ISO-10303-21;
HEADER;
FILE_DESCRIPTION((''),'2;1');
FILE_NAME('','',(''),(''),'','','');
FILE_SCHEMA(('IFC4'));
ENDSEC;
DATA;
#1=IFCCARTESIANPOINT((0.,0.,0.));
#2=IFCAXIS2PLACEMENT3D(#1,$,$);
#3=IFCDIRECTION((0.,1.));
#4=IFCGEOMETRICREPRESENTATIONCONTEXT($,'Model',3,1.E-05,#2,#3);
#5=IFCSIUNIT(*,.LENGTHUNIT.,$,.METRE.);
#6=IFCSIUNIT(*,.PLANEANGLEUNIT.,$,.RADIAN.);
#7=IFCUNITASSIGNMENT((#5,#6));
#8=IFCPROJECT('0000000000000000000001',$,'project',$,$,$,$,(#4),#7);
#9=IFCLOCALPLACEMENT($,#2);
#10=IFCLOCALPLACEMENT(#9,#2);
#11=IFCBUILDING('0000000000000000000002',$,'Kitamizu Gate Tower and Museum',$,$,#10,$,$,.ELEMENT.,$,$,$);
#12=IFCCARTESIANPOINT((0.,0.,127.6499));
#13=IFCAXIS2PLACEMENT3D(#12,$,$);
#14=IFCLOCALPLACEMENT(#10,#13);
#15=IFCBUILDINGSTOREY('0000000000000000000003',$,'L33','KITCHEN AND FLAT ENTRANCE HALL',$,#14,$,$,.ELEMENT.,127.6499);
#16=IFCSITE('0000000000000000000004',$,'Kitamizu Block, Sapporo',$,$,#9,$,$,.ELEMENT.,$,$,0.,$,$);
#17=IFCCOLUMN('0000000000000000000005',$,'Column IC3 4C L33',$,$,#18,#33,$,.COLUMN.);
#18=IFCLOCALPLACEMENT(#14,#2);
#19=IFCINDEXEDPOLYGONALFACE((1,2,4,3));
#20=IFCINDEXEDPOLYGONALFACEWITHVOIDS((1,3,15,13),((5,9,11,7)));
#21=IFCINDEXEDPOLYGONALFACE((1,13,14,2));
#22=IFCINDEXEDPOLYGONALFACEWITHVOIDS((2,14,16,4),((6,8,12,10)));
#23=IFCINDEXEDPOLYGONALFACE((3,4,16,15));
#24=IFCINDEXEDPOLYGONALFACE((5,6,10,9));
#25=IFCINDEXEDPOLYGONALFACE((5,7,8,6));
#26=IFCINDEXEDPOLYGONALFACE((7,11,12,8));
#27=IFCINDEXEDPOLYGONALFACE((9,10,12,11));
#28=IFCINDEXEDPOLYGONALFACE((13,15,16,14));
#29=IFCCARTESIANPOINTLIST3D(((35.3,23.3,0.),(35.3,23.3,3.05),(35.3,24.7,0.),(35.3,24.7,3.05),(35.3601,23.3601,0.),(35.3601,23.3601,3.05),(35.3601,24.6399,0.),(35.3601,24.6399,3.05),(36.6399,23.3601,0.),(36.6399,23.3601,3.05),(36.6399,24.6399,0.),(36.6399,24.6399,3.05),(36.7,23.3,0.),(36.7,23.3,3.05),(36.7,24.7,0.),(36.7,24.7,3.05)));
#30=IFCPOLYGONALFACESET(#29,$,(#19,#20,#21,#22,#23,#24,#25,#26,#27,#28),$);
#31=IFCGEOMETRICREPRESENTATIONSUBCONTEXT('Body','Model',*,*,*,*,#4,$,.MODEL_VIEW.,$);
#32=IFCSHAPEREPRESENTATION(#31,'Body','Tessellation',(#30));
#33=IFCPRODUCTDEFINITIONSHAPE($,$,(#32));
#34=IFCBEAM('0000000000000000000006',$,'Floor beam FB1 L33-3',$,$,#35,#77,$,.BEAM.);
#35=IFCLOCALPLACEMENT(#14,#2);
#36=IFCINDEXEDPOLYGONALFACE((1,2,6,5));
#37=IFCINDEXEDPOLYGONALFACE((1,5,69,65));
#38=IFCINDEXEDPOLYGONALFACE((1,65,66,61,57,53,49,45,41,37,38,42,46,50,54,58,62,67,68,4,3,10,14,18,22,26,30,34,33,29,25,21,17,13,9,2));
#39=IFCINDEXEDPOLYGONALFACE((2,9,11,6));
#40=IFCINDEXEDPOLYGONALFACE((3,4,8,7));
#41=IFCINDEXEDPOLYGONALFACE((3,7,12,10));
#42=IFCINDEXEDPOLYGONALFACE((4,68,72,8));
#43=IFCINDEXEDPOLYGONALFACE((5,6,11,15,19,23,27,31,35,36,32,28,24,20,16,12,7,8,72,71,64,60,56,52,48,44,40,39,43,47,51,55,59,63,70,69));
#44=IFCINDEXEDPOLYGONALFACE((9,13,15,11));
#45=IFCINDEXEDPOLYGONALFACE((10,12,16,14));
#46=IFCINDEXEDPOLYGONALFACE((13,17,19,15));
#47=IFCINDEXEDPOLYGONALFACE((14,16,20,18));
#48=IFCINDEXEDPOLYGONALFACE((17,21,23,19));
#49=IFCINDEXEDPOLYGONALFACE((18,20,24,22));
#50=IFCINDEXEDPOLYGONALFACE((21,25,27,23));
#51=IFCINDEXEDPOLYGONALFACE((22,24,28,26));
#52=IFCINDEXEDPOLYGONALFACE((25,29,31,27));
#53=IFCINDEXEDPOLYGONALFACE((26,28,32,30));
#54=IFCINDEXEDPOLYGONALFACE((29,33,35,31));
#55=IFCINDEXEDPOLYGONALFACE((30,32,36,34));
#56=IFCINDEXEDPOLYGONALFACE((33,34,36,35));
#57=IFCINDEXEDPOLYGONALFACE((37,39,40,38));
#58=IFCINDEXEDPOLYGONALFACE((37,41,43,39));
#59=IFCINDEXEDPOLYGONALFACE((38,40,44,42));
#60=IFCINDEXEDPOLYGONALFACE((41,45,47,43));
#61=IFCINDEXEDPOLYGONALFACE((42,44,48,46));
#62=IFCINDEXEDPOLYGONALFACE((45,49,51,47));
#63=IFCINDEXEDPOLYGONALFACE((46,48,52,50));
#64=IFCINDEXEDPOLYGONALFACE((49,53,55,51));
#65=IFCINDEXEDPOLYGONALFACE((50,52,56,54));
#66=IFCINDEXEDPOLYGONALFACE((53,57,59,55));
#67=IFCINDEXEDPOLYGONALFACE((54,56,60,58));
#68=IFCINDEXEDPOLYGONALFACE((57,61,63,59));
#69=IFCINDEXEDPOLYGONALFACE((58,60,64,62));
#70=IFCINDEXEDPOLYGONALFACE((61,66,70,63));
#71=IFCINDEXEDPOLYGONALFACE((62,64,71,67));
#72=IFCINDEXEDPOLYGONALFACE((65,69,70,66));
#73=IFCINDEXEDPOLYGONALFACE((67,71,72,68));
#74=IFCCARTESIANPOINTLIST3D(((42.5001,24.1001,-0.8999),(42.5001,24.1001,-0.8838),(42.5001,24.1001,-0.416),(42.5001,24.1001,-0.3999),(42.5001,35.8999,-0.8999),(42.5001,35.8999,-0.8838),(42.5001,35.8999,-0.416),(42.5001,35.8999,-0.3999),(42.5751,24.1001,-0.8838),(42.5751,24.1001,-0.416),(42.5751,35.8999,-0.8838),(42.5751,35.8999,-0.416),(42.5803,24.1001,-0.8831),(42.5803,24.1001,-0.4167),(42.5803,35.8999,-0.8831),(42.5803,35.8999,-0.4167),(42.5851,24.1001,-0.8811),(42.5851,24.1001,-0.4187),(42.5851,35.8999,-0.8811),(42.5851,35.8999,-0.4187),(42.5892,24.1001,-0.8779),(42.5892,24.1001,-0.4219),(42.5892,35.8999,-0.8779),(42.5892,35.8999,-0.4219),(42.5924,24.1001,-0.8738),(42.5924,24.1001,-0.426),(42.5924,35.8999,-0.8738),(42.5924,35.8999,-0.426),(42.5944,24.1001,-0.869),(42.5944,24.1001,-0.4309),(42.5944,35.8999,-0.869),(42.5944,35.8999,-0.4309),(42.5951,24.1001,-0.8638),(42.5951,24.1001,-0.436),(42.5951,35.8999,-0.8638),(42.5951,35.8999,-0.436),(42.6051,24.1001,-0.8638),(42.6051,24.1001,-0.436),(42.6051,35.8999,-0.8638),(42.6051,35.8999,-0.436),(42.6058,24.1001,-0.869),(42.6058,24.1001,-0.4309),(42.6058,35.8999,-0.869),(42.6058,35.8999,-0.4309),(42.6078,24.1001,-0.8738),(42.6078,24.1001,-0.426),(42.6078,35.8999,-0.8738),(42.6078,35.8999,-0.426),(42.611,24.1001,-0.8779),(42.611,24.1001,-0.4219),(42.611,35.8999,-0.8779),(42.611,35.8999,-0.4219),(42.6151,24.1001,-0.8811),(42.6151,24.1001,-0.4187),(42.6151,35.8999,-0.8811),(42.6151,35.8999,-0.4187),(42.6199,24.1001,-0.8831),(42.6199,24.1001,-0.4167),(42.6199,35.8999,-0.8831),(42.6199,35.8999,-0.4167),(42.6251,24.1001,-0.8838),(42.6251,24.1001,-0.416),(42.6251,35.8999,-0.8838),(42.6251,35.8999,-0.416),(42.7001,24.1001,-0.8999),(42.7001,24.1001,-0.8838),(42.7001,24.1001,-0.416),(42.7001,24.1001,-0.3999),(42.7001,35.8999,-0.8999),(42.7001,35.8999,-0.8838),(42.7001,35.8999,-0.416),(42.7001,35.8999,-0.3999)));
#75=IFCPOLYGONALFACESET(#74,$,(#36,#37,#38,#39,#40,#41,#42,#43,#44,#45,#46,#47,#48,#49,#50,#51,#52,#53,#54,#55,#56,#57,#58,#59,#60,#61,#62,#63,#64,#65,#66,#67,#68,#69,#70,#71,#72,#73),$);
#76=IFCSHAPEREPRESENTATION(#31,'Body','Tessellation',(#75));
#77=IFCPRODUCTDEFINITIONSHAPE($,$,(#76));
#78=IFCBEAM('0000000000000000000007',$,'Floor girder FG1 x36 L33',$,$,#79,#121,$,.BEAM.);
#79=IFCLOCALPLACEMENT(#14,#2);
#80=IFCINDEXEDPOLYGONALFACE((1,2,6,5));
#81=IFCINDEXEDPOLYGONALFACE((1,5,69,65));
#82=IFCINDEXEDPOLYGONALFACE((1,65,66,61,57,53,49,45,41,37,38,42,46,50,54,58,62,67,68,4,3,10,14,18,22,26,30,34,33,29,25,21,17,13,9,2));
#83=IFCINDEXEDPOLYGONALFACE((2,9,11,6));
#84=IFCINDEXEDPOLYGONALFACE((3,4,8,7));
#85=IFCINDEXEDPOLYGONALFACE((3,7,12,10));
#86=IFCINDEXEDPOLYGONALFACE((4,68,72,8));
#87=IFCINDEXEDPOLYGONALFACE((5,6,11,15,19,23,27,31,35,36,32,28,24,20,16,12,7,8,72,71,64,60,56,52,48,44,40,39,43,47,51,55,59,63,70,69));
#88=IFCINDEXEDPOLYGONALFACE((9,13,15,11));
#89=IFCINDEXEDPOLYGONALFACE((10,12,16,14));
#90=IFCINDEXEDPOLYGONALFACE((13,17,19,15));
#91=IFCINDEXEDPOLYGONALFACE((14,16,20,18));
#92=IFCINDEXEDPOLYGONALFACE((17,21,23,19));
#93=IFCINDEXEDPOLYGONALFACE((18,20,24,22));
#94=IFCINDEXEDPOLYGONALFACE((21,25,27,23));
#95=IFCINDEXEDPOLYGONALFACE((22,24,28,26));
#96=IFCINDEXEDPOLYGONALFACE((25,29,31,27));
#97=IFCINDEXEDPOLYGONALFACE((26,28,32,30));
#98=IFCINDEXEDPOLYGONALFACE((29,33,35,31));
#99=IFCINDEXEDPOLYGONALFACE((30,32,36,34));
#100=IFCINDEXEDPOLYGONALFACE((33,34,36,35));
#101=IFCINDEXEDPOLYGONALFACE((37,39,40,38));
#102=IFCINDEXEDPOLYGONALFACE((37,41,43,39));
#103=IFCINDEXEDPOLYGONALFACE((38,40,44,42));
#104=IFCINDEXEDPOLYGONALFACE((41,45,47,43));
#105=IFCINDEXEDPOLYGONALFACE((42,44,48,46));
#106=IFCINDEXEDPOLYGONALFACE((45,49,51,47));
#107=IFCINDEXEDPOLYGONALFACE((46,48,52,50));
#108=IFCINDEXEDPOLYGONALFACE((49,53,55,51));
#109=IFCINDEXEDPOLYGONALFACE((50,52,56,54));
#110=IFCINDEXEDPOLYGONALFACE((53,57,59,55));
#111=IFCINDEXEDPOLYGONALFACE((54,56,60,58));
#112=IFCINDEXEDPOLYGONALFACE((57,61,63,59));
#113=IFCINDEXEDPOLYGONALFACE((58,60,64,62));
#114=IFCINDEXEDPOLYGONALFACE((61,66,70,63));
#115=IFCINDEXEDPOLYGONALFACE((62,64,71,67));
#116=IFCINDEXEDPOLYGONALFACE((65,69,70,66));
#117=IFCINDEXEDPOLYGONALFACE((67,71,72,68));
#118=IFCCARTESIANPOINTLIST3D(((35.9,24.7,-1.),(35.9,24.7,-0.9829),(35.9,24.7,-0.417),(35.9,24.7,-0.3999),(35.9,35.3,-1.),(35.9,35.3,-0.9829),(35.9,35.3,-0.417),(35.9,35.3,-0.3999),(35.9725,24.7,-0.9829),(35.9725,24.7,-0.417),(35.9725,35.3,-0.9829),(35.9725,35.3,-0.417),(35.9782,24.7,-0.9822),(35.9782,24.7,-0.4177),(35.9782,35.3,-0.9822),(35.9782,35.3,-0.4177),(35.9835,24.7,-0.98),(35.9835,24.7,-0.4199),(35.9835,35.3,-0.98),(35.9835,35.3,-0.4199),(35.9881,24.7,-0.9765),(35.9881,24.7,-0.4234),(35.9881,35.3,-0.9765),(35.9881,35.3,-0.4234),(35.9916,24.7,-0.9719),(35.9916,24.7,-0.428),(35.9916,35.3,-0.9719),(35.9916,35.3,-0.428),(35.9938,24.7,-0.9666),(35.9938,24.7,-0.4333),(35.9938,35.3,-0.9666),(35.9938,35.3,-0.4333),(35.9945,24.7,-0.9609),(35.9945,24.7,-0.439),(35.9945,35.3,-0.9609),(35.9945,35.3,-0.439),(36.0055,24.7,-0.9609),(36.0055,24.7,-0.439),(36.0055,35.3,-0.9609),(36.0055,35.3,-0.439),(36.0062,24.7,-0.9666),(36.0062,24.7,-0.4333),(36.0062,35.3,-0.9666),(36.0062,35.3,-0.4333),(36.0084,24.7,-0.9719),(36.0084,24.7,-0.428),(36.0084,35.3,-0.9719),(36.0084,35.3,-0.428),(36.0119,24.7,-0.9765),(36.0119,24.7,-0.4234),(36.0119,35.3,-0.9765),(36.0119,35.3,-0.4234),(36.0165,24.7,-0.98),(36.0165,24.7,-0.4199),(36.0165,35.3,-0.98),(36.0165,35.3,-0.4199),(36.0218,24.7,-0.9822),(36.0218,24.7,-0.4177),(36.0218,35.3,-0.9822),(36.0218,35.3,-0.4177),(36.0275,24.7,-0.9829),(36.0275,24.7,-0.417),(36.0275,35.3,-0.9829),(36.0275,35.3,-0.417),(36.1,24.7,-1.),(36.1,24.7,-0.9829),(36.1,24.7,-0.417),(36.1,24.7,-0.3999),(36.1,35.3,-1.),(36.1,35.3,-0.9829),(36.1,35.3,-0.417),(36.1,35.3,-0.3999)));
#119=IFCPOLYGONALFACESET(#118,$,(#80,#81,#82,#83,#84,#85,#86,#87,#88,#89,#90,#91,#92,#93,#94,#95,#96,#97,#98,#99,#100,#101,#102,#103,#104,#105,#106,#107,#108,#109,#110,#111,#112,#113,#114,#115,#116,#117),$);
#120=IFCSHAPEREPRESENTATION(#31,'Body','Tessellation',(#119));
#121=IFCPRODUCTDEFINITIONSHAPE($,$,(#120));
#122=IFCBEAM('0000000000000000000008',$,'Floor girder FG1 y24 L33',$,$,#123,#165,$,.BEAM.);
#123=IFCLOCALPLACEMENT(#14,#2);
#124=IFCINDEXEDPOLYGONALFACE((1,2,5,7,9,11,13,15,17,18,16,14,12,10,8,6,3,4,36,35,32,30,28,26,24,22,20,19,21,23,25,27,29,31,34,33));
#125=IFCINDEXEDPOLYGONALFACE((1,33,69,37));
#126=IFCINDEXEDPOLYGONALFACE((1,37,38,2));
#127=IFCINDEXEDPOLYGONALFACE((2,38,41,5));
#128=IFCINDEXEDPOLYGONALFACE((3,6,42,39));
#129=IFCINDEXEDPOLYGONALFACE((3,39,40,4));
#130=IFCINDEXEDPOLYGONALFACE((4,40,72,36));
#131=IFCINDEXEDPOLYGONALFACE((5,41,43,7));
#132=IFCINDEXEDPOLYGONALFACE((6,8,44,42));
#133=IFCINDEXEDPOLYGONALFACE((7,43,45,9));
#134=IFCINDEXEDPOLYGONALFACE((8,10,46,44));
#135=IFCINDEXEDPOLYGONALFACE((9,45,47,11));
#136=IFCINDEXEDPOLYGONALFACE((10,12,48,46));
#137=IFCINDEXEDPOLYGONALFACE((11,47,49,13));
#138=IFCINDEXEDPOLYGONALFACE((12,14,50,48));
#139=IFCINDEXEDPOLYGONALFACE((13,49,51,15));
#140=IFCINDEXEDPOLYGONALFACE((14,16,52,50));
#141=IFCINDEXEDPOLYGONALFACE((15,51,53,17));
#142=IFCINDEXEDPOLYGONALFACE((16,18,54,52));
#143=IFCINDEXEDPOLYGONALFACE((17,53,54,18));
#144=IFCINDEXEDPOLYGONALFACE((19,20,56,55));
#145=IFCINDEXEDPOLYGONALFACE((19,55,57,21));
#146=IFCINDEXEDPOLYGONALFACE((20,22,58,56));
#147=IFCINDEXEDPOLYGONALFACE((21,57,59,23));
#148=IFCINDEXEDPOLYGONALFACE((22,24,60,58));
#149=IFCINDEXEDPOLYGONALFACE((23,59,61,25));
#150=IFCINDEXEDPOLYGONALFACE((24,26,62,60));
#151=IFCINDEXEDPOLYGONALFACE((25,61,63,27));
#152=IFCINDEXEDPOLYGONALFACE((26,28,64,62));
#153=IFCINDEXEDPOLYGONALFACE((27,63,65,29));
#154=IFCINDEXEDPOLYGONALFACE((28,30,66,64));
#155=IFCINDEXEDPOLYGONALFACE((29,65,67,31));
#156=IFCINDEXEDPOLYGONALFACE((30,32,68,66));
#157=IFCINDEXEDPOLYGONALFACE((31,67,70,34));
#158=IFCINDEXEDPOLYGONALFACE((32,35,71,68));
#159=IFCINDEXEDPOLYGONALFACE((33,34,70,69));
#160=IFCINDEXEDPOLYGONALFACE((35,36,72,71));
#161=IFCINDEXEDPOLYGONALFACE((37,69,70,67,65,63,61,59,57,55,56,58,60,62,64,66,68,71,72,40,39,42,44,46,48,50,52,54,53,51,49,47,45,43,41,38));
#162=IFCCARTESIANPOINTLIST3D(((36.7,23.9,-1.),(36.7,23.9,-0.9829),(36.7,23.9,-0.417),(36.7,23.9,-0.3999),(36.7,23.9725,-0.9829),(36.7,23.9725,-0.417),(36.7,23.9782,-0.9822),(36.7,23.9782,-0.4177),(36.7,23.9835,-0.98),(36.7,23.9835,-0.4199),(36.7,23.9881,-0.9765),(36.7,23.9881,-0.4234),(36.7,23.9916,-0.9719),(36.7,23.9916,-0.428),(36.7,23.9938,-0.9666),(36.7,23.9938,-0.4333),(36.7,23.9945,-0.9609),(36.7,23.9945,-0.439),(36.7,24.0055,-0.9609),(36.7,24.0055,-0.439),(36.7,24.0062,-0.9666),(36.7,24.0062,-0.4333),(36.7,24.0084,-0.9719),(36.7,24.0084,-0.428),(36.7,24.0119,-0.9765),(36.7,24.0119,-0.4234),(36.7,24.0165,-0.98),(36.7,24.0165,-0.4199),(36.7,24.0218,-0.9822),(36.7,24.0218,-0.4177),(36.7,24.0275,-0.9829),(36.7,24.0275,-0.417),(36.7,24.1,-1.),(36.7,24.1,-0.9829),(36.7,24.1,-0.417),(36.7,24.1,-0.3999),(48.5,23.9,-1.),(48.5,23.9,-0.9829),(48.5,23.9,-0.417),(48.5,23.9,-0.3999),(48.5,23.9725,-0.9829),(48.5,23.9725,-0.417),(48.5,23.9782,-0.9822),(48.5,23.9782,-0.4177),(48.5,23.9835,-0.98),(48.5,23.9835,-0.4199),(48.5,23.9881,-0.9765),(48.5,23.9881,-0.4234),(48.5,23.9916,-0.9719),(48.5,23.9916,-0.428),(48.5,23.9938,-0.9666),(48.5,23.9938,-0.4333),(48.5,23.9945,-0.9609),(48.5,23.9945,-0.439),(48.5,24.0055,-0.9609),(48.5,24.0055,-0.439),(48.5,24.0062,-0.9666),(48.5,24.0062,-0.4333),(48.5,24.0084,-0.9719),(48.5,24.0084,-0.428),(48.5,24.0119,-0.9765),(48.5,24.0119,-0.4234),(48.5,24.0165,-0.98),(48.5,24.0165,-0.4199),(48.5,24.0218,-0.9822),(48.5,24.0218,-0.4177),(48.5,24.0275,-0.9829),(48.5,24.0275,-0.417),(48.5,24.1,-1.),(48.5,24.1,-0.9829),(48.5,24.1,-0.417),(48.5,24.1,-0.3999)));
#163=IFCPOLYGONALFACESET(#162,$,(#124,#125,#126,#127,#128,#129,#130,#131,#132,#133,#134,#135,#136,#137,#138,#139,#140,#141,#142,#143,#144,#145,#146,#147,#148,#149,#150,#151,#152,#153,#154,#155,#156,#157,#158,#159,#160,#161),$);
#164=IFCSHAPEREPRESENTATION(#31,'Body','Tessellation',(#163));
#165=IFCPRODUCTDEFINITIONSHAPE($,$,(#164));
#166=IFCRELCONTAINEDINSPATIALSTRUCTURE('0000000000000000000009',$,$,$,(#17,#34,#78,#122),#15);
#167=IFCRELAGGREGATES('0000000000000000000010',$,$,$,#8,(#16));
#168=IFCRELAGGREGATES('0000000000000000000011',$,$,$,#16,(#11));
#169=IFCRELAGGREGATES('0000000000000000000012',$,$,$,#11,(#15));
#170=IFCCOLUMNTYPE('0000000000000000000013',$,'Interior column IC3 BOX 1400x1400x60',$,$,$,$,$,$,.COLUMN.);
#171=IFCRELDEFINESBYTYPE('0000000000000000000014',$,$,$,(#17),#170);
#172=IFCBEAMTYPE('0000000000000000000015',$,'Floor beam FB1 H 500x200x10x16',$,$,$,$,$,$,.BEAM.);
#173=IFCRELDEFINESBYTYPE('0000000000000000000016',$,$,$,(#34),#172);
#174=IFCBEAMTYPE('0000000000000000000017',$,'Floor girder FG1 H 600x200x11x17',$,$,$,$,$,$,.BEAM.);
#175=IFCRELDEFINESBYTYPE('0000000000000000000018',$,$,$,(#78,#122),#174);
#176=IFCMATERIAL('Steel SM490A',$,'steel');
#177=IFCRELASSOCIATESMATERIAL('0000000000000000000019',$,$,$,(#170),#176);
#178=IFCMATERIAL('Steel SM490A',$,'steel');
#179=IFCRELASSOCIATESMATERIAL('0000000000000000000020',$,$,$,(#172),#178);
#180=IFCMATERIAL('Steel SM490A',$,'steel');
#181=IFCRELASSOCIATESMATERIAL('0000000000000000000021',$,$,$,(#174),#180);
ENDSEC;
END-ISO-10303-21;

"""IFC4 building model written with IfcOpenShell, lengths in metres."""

from ifc_helpers import new_model, si_unit, direction, frame, origin, origin_2d, place, context, subcontext, project, spatial, hollow_rectangle, i_section, extrude, material, material_profile, profile_set, type_object, element, save


model = new_model("IFC4")

# Units and contexts
model_context = context("Model", 3, precision=1e-05, world=origin(), true_north=direction((0.0, 1.0)))
body_context = subcontext(model_context, "Body", "Model", "MODEL_VIEW")
ifc_project = project(units=[si_unit("LENGTHUNIT", "METRE"), si_unit("PLANEANGLEUNIT", "RADIAN")], contexts=[model_context])

# Site, building, storey
site_placement = place(None, origin())
site = spatial("IfcSite", under=ifc_project, at=site_placement, Name="Kitamizu Block, Sapporo", CompositionType="ELEMENT", RefElevation=0.0)
building_placement = place(site_placement, origin())
building = spatial("IfcBuilding", under=site, at=building_placement, Name="Kitamizu Gate Tower and Museum", CompositionType="ELEMENT")
storey_placement = place(building_placement, frame((0.0, 0.0, 127.6499)))
storey = spatial("IfcBuildingStorey", under=building, at=storey_placement, Name="L33", Description="KITCHEN AND FLAT ENTRANCE HALL", CompositionType="ELEMENT", Elevation=127.6499)

# Column
ifc_material_1 = material(Name="Steel SM490A", Category="steel")
ifc_material_profile_1 = material_profile(ifc_material_1, hollow_rectangle(XDim=1.3999, YDim=1.3999, WallThickness=0.0601, at=origin_2d()), Name="BOX 1400x1400x60")
ifc_profile_set_1 = profile_set([ifc_material_profile_1], Name="Steel SM490A")
column_type = type_object("IfcColumnType", Name="Interior column IC3 BOX 1400x1400x60", PredefinedType="COLUMN", material=ifc_profile_set_1)
column_placement = place(storey_placement, frame((36.0, 24.0, 0.0), z_axis=(0.0, 0.0, 1.0), x_axis=(1.0, 0.0, 0.0)))
element("IfcColumn", 1, at=column_placement, inside=storey, type_object=column_type, Name="Column IC3 4C L33", PredefinedType="COLUMN", context=body_context, shape_type="SweptSolid", body=[
    extrude(hollow_rectangle(XDim=1.3999, YDim=1.3999, WallThickness=0.0601, at=origin_2d()), origin(), (0.0, 0.0, 1.0), 3.05),
])

# Beams
ifc_material_2 = material(Name="Steel SM490A", Category="steel")
ifc_material_profile_2 = material_profile(ifc_material_2, i_section(OverallWidth=0.2, OverallDepth=0.5, WebThickness=0.01, FlangeThickness=0.0161, FilletRadius=0.02, at=origin_2d()), Name="H-500x200x10x16")
ifc_profile_set_2 = profile_set([ifc_material_profile_2], Name="Steel SM490A")
beam_type_1 = type_object("IfcBeamType", Name="Floor beam FB1 H 500x200x10x16", PredefinedType="BEAM", material=ifc_profile_set_2)
beam_1_placement = place(storey_placement, frame((42.6001, 24.1001, -0.6499), z_axis=(0.0, 1.0, 0.0), x_axis=(-1.0, 0.0, 0.0)))
element("IfcBeam", 2, at=beam_1_placement, inside=storey, type_object=beam_type_1, Name="Floor beam FB1 L33-3", PredefinedType="BEAM", context=body_context, shape_type="SweptSolid", body=[
    extrude(i_section(OverallWidth=0.2, OverallDepth=0.5, WebThickness=0.01, FlangeThickness=0.0161, FilletRadius=0.02, at=origin_2d()), origin(), (0.0, 0.0, 1.0), 11.7998),
])
ifc_material_3 = material(Name="Steel SM490A", Category="steel")
ifc_material_profile_3 = material_profile(ifc_material_3, i_section(OverallWidth=0.2, OverallDepth=0.6001, WebThickness=0.011, FlangeThickness=0.0171, FilletRadius=0.022, at=origin_2d()), Name="H-600x200x11x17")
ifc_profile_set_3 = profile_set([ifc_material_profile_3], Name="Steel SM490A")
beam_type_2 = type_object("IfcBeamType", Name="Floor girder FG1 H 600x200x11x17", PredefinedType="BEAM", material=ifc_profile_set_3)
beam_2_placement = place(storey_placement, frame((36.0, 24.7, -0.7), z_axis=(0.0, 1.0, 0.0), x_axis=(-1.0, 0.0, 0.0)))
element("IfcBeam", 3, at=beam_2_placement, inside=storey, type_object=beam_type_2, Name="Floor girder FG1 x36 L33", PredefinedType="BEAM", context=body_context, shape_type="SweptSolid", body=[
    extrude(i_section(OverallWidth=0.2, OverallDepth=0.6001, WebThickness=0.011, FlangeThickness=0.0171, FilletRadius=0.022, at=origin_2d()), origin(), (0.0, 0.0, 1.0), 10.6001),
])
beam_3_placement = place(storey_placement, frame((36.7, 24.0, -0.7), z_axis=(1.0, 0.0, 0.0), x_axis=(0.0, 1.0, 0.0)))
element("IfcBeam", 4, at=beam_3_placement, inside=storey, type_object=beam_type_2, Name="Floor girder FG1 y24 L33", PredefinedType="BEAM", context=body_context, shape_type="SweptSolid", body=[
    extrude(i_section(OverallWidth=0.2, OverallDepth=0.6001, WebThickness=0.011, FlangeThickness=0.0171, FilletRadius=0.022, at=origin_2d()), origin(), (0.0, 0.0, 1.0), 11.8),
])

save(model, "model.ifc")
